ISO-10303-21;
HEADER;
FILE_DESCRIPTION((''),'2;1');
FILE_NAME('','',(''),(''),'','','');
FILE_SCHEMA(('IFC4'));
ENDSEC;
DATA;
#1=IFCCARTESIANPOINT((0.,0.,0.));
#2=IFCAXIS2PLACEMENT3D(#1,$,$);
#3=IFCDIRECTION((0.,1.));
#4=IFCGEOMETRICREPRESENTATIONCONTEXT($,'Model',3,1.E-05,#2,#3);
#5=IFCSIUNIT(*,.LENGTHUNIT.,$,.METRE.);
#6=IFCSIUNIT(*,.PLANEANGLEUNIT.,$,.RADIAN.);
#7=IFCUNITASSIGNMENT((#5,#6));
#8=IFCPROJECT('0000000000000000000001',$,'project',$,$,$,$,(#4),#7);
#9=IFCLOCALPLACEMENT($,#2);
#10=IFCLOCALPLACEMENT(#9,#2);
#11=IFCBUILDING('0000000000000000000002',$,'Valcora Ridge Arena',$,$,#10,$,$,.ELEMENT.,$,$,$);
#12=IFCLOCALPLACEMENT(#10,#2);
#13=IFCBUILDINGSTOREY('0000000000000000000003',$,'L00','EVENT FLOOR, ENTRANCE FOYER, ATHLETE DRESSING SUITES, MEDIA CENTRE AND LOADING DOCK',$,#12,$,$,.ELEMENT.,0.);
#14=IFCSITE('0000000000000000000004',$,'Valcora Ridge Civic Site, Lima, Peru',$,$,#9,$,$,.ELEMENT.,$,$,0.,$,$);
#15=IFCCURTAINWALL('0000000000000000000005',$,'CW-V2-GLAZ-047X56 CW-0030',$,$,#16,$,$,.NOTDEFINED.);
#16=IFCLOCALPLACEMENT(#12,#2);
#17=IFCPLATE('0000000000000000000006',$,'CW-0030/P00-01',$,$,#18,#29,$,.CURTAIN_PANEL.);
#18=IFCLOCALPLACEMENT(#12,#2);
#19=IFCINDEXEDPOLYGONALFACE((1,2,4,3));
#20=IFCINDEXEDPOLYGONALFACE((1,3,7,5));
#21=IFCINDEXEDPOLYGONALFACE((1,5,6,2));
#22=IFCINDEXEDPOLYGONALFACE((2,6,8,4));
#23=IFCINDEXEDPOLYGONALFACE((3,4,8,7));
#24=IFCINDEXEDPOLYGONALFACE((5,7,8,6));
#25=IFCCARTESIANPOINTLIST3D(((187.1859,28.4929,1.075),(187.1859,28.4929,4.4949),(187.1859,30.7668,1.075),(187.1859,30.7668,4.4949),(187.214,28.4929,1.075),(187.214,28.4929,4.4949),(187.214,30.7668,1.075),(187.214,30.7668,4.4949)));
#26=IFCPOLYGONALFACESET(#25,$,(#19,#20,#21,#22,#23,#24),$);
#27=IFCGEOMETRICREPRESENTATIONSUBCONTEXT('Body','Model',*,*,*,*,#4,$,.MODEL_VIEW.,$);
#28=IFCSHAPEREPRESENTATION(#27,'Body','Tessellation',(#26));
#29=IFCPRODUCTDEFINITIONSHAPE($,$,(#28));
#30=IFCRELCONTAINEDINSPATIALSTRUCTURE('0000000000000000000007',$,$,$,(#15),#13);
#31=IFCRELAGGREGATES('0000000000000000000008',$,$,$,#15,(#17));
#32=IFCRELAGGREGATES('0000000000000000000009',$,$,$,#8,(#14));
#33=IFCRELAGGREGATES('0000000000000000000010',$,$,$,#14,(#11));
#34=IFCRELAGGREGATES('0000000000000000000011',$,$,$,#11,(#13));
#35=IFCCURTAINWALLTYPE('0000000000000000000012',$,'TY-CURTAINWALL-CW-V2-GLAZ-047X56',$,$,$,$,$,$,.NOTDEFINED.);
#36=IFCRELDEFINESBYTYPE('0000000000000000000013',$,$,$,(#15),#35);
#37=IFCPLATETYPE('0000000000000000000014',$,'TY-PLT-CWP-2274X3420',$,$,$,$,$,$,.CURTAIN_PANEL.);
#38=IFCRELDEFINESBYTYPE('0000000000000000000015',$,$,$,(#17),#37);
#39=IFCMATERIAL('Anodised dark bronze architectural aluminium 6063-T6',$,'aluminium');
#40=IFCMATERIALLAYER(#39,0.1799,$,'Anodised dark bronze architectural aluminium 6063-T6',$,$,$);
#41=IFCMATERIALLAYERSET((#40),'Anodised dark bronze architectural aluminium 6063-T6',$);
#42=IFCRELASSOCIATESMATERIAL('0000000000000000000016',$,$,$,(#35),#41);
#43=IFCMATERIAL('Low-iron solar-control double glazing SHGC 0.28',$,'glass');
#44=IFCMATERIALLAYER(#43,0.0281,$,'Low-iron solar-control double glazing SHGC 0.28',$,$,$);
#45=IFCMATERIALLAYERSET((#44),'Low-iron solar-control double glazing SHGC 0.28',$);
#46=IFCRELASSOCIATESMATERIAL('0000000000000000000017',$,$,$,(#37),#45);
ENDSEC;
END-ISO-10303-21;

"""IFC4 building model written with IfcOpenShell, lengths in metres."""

from ifc_helpers import new_model, si_unit, direction, frame, origin, origin_2d, place, context, subcontext, project, spatial, rectangle, extrude, material, layer, layer_set, type_object, element, aggregate, save


model = new_model("IFC4")

# Units and contexts
model_context = context("Model", 3, precision=1e-05, world=origin(), true_north=direction((0.0, 1.0)))
body_context = subcontext(model_context, "Body", "Model", "MODEL_VIEW")
ifc_project = project(units=[si_unit("LENGTHUNIT", "METRE"), si_unit("PLANEANGLEUNIT", "RADIAN")], contexts=[model_context])

# Site, building, storey
site_placement = place(None, origin())
site = spatial("IfcSite", under=ifc_project, at=site_placement, Name="Valcora Ridge Civic Site, Lima, Peru", CompositionType="ELEMENT", RefElevation=0.0)
building_placement = place(site_placement, origin())
building = spatial("IfcBuilding", under=site, at=building_placement, Name="Valcora Ridge Arena", CompositionType="ELEMENT")
storey_placement = place(building_placement, origin())
storey = spatial("IfcBuildingStorey", under=building, at=storey_placement, Name="L00", Description="EVENT FLOOR, ENTRANCE FOYER, ATHLETE DRESSING SUITES, MEDIA CENTRE AND LOADING DOCK", CompositionType="ELEMENT", Elevation=0.0)

# Shared definitions
ifc_material_1 = material(Name="Anodised dark bronze architectural aluminium 6063-T6", Category="aluminium")
ifc_layer_1 = layer(ifc_material_1, 0.1799, Name="Anodised dark bronze architectural aluminium 6063-T6")
ifc_layer_set_1 = layer_set([ifc_layer_1], Name="Anodised dark bronze architectural aluminium 6063-T6")
curtain_wall_type = type_object("IfcCurtainWallType", Name="TY-CURTAINWALL-CW-V2-GLAZ-047X56", PredefinedType="NOTDEFINED", material=ifc_layer_set_1)

# Curtain wall
curtain_wall_1_placement = place(storey_placement, origin())
curtain_wall_1 = element("IfcCurtainWall", 1, at=curtain_wall_1_placement, inside=storey, type_object=curtain_wall_type, Name="CW-V2-GLAZ-047X56 CW-0030", PredefinedType="NOTDEFINED")

# Plate
ifc_material_2 = material(Name="Low-iron solar-control double glazing SHGC 0.28", Category="glass")
ifc_layer_2 = layer(ifc_material_2, 0.0281, Name="Low-iron solar-control double glazing SHGC 0.28")
ifc_layer_set_2 = layer_set([ifc_layer_2], Name="Low-iron solar-control double glazing SHGC 0.28")
plate_type_1 = type_object("IfcPlateType", Name="TY-PLT-CWP-2274X3420", PredefinedType="CURTAIN_PANEL", material=ifc_layer_set_2)
plate_1_placement = place(storey_placement, frame((187.2, 29.6299, 1.075), z_axis=(0.0, 0.0, 1.0), x_axis=(0.0, 1.0, 0.0)))
plate_1 = element("IfcPlate", 2, at=plate_1_placement, type_object=plate_type_1, Name="CW-0030/P00-01", PredefinedType="CURTAIN_PANEL", context=body_context, shape_type="SweptSolid", body=[
    extrude(rectangle(XDim=2.2739, YDim=0.0281, at=origin_2d()), origin(), (0.0, 0.0, 1.0), 3.4199),
])
aggregate(curtain_wall_1, [plate_1])

save(model, "model.ifc")
